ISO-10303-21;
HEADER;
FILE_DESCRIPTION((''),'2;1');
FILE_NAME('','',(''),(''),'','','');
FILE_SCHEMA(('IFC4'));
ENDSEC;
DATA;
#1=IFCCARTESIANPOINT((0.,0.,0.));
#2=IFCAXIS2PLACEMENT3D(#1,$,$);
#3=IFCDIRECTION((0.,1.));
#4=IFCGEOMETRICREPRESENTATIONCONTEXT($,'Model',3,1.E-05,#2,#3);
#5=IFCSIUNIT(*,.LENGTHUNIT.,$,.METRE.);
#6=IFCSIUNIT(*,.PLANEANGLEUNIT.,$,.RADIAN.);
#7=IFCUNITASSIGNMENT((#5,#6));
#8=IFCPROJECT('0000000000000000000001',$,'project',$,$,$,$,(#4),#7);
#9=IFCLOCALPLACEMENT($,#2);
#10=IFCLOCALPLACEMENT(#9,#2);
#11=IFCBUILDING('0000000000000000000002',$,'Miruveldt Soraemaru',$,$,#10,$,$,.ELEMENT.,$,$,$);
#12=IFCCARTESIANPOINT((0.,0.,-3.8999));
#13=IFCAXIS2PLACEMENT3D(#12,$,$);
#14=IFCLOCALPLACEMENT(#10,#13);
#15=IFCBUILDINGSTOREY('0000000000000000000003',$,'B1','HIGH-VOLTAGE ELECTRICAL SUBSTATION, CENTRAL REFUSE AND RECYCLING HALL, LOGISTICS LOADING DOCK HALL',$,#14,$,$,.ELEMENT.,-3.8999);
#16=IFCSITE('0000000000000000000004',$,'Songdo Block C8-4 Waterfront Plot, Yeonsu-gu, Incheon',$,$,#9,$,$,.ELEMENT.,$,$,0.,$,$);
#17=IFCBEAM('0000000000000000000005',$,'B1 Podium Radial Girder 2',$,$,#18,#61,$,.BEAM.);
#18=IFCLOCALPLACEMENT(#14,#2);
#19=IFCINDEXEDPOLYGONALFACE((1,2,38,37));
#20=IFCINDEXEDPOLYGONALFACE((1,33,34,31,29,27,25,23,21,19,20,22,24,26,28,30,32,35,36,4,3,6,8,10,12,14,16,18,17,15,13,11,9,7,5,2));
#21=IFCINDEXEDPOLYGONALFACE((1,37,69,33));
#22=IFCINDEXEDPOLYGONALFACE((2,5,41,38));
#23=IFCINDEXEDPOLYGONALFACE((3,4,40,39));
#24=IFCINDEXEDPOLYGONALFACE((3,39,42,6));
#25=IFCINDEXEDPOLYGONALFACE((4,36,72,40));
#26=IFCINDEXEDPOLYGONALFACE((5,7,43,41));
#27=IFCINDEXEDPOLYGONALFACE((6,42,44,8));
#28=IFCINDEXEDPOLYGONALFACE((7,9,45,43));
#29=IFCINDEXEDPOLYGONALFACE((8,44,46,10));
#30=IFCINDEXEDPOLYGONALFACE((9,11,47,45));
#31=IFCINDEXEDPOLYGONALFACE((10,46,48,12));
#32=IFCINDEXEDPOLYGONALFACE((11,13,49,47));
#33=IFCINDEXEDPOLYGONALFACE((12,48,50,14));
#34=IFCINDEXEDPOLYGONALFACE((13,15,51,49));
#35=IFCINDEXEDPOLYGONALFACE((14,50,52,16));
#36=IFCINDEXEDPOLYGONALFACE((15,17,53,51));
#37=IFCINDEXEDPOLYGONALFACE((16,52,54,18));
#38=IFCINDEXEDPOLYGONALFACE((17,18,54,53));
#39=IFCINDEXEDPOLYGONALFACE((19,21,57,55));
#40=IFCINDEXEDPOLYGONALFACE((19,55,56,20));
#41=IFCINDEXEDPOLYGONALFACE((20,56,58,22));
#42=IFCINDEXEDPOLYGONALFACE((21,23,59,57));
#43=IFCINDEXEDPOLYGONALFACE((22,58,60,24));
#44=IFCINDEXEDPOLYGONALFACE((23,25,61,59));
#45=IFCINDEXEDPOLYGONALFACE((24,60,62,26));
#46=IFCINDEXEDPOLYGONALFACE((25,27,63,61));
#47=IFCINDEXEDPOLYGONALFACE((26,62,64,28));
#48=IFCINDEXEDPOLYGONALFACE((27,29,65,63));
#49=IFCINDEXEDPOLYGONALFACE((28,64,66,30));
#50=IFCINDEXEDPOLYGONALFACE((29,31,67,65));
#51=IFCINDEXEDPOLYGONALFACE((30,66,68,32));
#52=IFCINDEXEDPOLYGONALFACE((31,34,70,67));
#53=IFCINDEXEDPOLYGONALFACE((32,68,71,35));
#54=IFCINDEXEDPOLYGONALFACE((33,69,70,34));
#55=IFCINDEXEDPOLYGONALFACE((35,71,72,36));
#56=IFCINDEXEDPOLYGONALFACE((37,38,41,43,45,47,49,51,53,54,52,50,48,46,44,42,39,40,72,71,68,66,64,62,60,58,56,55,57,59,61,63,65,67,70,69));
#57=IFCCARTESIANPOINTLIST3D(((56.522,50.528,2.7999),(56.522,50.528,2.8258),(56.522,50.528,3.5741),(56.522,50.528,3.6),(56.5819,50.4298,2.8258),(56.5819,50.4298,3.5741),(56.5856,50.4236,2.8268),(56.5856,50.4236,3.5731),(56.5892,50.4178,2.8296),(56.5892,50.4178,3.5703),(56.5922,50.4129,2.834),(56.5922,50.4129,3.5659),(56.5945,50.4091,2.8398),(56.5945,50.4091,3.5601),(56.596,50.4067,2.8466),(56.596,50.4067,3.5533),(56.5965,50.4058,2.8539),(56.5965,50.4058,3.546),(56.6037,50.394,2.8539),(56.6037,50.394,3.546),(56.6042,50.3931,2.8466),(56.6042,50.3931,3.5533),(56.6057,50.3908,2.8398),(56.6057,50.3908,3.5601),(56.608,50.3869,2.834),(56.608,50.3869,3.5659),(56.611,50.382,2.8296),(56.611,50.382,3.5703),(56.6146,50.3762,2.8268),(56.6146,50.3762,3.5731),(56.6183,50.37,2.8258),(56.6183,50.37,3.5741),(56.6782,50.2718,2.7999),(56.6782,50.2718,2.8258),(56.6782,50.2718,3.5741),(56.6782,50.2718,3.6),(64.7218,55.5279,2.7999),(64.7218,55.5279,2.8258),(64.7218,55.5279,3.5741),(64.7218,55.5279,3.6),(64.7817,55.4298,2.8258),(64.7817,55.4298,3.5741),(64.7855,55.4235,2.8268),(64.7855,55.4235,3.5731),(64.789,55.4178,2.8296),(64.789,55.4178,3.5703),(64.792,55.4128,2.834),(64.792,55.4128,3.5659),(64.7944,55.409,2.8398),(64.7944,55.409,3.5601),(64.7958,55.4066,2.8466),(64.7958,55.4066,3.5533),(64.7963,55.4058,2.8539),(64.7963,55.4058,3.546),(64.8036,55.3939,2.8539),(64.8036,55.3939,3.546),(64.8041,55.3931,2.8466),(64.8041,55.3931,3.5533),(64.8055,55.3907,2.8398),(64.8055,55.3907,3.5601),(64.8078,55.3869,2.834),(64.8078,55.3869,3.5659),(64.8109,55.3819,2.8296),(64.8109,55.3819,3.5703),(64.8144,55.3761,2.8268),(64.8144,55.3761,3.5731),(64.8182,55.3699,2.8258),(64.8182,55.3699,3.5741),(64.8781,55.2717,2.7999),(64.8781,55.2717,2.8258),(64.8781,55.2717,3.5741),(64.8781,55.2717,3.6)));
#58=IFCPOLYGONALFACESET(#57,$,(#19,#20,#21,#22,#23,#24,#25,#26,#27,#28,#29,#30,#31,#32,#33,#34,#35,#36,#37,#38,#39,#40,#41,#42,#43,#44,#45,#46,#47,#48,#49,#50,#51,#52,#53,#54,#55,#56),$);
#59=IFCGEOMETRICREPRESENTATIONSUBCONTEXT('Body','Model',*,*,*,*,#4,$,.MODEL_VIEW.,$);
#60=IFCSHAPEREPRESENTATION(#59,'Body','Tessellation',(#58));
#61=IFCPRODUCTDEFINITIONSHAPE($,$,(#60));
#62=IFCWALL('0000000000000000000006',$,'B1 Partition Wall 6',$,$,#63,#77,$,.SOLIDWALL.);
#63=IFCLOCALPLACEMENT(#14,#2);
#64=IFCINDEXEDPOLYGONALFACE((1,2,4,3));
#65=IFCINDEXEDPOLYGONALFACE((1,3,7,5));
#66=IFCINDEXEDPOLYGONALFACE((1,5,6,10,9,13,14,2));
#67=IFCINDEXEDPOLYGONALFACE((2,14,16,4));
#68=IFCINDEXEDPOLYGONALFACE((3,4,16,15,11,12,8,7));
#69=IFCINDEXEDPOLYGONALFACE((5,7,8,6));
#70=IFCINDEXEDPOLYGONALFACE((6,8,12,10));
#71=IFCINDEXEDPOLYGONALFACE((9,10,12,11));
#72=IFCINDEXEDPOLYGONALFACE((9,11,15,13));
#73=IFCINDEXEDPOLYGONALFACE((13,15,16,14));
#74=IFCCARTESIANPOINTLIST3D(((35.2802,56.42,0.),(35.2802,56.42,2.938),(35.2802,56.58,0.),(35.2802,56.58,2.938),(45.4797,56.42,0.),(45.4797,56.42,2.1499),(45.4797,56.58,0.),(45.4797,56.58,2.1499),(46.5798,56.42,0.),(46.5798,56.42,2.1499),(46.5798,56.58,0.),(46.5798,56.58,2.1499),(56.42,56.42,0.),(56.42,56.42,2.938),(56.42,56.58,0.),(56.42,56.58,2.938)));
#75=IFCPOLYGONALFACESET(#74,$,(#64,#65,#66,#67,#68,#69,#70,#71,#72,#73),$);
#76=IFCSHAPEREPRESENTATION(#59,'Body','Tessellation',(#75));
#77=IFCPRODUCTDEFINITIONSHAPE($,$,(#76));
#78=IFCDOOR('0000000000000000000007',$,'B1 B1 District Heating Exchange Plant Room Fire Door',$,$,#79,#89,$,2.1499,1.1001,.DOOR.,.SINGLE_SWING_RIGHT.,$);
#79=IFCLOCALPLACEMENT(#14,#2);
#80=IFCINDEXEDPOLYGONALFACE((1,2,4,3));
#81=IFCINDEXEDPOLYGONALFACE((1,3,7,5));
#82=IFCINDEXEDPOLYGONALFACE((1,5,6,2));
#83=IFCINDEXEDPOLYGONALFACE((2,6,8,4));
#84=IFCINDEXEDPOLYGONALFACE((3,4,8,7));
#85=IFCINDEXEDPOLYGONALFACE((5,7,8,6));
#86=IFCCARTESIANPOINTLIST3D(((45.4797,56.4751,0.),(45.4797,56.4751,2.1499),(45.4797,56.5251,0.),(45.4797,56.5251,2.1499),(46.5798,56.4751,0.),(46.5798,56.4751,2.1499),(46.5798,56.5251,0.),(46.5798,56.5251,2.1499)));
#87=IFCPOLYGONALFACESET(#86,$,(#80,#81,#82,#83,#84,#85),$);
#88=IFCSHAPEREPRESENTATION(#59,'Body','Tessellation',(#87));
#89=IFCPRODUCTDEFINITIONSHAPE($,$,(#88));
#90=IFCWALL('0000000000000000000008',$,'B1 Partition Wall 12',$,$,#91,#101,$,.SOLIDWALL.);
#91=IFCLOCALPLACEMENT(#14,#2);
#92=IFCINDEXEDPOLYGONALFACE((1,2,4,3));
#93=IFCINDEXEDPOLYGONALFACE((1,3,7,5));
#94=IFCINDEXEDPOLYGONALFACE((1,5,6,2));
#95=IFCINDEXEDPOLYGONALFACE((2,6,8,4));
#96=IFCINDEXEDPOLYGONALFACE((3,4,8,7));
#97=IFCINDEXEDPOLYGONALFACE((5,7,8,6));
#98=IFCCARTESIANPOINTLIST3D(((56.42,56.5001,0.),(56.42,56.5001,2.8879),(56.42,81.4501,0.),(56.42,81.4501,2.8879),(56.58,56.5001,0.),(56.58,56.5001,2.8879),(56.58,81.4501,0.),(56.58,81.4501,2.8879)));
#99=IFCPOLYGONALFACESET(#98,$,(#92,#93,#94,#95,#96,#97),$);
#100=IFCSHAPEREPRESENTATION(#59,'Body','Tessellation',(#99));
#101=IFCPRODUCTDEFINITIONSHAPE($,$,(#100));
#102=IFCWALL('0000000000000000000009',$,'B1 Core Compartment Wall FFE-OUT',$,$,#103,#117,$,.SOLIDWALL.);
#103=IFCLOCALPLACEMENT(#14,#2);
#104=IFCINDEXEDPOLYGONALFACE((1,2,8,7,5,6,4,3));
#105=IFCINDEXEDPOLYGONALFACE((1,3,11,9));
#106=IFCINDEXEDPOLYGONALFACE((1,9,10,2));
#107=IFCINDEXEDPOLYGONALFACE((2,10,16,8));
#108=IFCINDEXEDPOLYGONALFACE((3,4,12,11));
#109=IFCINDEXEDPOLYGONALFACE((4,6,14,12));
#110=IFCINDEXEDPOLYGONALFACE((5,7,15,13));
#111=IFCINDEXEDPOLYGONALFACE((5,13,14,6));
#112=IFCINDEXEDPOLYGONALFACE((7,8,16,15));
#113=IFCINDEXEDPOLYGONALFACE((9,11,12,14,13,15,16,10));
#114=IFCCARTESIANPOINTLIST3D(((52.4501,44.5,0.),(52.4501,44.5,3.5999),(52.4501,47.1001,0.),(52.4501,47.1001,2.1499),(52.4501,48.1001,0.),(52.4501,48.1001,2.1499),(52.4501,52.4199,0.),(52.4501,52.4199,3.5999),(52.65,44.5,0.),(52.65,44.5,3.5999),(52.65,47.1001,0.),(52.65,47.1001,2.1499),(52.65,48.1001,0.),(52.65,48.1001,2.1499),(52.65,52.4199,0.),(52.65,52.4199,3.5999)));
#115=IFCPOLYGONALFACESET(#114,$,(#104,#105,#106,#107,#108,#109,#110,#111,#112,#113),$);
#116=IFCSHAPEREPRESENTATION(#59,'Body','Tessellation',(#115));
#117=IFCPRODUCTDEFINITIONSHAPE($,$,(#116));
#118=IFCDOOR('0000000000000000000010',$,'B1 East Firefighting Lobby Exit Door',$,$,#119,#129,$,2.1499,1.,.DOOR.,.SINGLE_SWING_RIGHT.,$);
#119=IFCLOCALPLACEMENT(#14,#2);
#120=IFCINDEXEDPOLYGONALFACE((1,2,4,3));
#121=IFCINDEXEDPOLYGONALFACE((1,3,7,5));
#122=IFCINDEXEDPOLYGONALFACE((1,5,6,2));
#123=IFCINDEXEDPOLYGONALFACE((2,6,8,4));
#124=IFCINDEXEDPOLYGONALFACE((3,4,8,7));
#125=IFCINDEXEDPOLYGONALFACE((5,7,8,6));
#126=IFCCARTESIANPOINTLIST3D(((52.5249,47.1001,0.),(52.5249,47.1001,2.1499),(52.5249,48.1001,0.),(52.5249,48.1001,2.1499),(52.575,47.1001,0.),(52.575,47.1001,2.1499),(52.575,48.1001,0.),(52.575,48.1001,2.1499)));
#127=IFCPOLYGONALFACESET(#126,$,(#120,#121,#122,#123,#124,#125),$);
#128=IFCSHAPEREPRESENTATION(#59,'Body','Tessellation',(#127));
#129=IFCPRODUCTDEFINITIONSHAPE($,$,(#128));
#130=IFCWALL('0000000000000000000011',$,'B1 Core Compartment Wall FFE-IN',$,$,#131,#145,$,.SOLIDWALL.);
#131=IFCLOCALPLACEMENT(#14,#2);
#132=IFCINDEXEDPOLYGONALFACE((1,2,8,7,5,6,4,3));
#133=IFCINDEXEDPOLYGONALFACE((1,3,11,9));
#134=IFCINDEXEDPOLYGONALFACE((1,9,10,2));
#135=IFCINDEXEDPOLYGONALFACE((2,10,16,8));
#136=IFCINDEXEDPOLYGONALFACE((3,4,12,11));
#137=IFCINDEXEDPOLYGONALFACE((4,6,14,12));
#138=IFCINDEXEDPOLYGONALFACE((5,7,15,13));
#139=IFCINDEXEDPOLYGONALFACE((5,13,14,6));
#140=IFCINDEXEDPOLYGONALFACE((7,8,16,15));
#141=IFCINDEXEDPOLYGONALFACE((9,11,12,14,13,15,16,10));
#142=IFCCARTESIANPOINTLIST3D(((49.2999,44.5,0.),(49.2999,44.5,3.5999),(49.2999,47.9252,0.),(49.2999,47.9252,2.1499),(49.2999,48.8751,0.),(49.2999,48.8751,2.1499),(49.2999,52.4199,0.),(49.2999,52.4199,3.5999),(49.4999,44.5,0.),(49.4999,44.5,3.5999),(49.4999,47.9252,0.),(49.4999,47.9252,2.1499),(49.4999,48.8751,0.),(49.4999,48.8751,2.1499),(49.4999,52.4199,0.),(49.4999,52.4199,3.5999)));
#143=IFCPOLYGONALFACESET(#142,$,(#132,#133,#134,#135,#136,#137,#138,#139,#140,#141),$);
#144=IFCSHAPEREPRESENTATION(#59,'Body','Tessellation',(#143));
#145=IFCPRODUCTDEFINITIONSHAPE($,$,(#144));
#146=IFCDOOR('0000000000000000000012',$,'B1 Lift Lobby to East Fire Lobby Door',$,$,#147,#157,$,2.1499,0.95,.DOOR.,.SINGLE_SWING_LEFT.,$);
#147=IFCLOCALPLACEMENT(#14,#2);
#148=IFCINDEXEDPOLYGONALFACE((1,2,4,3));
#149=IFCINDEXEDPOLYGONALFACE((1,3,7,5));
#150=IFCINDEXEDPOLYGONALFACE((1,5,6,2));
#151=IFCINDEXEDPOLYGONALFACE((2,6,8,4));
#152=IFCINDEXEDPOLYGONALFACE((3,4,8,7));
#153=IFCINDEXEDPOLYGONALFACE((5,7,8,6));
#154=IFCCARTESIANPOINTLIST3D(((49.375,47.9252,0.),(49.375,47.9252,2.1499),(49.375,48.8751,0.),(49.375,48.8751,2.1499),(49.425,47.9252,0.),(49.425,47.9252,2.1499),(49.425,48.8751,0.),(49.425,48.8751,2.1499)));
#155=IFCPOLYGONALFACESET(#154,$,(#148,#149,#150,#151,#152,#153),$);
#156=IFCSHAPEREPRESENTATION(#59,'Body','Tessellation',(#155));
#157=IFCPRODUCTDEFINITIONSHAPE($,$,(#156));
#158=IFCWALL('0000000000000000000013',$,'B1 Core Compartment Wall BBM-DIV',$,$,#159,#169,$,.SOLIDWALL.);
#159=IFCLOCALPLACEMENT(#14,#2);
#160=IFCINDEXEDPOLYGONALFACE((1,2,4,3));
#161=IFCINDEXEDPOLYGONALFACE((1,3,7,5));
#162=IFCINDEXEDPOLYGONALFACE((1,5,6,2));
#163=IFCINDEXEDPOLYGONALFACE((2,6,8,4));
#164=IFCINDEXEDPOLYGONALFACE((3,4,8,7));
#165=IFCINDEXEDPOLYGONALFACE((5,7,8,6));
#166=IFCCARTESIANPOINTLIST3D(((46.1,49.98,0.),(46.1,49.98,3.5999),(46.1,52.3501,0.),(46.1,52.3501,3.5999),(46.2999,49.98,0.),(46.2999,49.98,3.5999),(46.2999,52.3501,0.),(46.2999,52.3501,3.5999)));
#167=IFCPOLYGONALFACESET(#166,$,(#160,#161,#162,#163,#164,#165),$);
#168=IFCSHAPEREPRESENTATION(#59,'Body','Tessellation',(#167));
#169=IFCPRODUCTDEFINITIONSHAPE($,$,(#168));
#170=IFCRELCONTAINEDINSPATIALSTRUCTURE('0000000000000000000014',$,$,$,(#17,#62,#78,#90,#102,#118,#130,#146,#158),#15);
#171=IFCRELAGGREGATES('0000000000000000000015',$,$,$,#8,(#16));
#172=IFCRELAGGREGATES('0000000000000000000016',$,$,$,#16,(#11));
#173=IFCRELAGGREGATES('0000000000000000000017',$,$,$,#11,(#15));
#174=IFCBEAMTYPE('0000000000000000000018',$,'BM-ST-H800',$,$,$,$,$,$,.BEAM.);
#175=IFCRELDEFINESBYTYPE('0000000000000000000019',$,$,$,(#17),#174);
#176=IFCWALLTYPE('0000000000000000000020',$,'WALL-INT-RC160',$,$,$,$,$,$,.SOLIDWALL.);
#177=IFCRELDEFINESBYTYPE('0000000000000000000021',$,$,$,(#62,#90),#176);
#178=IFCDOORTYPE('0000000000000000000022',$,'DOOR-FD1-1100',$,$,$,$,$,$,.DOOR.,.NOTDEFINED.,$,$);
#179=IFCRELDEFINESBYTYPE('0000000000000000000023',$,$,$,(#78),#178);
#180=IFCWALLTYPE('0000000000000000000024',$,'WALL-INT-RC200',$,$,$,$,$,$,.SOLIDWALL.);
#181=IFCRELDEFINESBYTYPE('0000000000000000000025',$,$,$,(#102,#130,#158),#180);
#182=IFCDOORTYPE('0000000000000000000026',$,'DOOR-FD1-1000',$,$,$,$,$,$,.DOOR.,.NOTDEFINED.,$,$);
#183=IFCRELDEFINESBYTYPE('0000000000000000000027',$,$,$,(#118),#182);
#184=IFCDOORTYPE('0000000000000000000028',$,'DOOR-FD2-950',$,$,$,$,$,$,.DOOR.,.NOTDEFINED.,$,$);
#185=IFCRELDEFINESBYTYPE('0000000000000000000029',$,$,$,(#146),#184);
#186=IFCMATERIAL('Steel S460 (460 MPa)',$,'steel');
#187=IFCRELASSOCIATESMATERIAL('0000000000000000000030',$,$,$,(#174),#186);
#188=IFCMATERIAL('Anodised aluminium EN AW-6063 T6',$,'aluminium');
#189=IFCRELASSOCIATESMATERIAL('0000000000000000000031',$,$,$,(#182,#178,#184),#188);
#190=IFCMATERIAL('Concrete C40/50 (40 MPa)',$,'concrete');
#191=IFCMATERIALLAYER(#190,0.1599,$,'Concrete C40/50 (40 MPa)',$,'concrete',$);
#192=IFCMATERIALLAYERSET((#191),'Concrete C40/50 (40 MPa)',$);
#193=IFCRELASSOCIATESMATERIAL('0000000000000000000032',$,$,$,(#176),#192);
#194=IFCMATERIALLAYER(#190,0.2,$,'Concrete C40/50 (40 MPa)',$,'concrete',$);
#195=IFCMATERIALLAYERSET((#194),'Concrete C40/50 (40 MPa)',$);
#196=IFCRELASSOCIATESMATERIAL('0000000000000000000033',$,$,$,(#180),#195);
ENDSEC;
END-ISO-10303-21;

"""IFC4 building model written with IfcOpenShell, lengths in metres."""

from ifc_helpers import new_model, si_unit, direction, frame, frame_2d, origin, origin_2d, place, context, subcontext, project, spatial, rectangle, i_section, extrude, material, layer, layer_set, material_profile, profile_set, type_object, element, fill, save


model = new_model("IFC4")

# Units and contexts
model_context = context("Model", 3, precision=1e-05, world=origin(), true_north=direction((0.0, 1.0)))
body_context = subcontext(model_context, "Body", "Model", "MODEL_VIEW")
ifc_project = project(units=[si_unit("LENGTHUNIT", "METRE"), si_unit("PLANEANGLEUNIT", "RADIAN")], contexts=[model_context])

# Site, building, storey
site_placement = place(None, origin())
site = spatial("IfcSite", under=ifc_project, at=site_placement, Name="Songdo Block C8-4 Waterfront Plot, Yeonsu-gu, Incheon", CompositionType="ELEMENT", RefElevation=0.0)
building_placement = place(site_placement, origin())
building = spatial("IfcBuilding", under=site, at=building_placement, Name="Miruveldt Soraemaru", CompositionType="ELEMENT")
storey_placement = place(building_placement, frame((0.0, 0.0, -3.8999)))
storey = spatial("IfcBuildingStorey", under=building, at=storey_placement, Name="B1", Description="HIGH-VOLTAGE ELECTRICAL SUBSTATION, CENTRAL REFUSE AND RECYCLING HALL, LOGISTICS LOADING DOCK HALL", CompositionType="ELEMENT", Elevation=-3.8999)

# Beam
ifc_material_1 = material(Name="Steel S460 (460 MPa)", Category="steel")
ifc_material_profile_1 = material_profile(ifc_material_1, i_section(OverallWidth=0.3, OverallDepth=0.8, WebThickness=0.0139, FlangeThickness=0.0259, FilletRadius=0.0281, at=origin_2d()), Name="Steel S460 (460 MPa)", Category="steel")
ifc_profile_set_1 = profile_set([ifc_material_profile_1], Name="Steel S460 (460 MPa)")
beam_type_1 = type_object("IfcBeamType", Name="BM-ST-H800", PredefinedType="BEAM", material=ifc_profile_set_1)
beam_1_placement = place(storey_placement, frame((56.6001, 50.3999, 3.2), z_axis=(0.853795, 0.52061, 0.0), x_axis=(-0.52061, 0.853795, 0.0)))
element("IfcBeam", 1, at=beam_1_placement, inside=storey, type_object=beam_type_1, Name="B1 Podium Radial Girder 2", PredefinedType="BEAM", context=body_context, shape_type="SweptSolid", body=[
    extrude(i_section(OverallWidth=0.3, OverallDepth=0.8, WebThickness=0.0139, FlangeThickness=0.0259, FilletRadius=0.0281, at=origin_2d()), origin(), (0.0, 0.0, 1.0), 9.604),
])

# Wall, opening, door
ifc_material_2 = material(Name="Anodised aluminium EN AW-6063 T6", Category="aluminium")
door_type_1 = type_object("IfcDoorType", Name="DOOR-FD1-1000", OperationType="NOTDEFINED", PredefinedType="DOOR", material=ifc_material_2)
ifc_material_3 = material(Name="Concrete C40/50 (40 MPa)", Category="concrete")
ifc_layer_1 = layer(ifc_material_3, 0.1599, Name="Concrete C40/50 (40 MPa)", Category="concrete")
ifc_layer_set_1 = layer_set([ifc_layer_1], Name="Concrete C40/50 (40 MPa)")
wall_type_1 = type_object("IfcWallType", Name="WALL-INT-RC160", PredefinedType="SOLIDWALL", material=ifc_layer_set_1)
wall_1_placement = place(storey_placement, frame((56.4199, 56.5, 0.0), z_axis=(0.0, 0.0, 1.0), x_axis=(-1.0, 0.0, 0.0)))
wall_1 = element("IfcWall", 2, at=wall_1_placement, inside=storey, type_object=wall_type_1, Name="B1 Partition Wall 6", PredefinedType="SOLIDWALL", context=body_context, shape_type="SweptSolid", body=[
    extrude(rectangle(XDim=21.1399, YDim=0.1599, at=frame_2d((10.5698, 0.0))), origin(), (0.0, 0.0, 1.0), 2.938),
])
opening_1_placement = place(wall_1_placement, frame((9.8401, 0.0, 0.0)))
opening_1 = element("IfcOpeningElement", 3, at=opening_1_placement, cuts=wall_1, PredefinedType="OPENING", context=body_context, shape_type="SweptSolid", body=[
    extrude(rectangle(XDim=1.1001, YDim=2.1499, at=frame_2d((0.55, 1.075))), frame((0.0, 0.0898, 0.0), z_axis=(0.0, -1.0, 0.0), x_axis=(1.0, 0.0, 0.0)), (0.0, 0.0, 1.0), 0.1799),
])
door_type_2 = type_object("IfcDoorType", Name="DOOR-FD1-1100", OperationType="NOTDEFINED", PredefinedType="DOOR", material=ifc_material_2)
door_1_placement = place(opening_1_placement, origin())
door_1 = element("IfcDoor", 4, at=door_1_placement, inside=storey, type_object=door_type_2, Name="B1 B1 District Heating Exchange Plant Room Fire Door", OperationType="SINGLE_SWING_RIGHT", OverallHeight=2.1499, OverallWidth=1.1001, PredefinedType="DOOR", context=body_context, shape_type="SweptSolid", body=[
    extrude(rectangle(XDim=1.1001, YDim=2.1499, at=frame_2d((0.55, 1.075))), frame((0.0, 0.0249, 0.0), z_axis=(0.0, -1.0, 0.0), x_axis=(1.0, 0.0, 0.0)), (0.0, 0.0, 1.0), 0.05),
])
fill(opening_1, door_1)

# Wall
wall_2_placement = place(storey_placement, frame((56.5, 56.5, 0.0), z_axis=(0.0, 0.0, 1.0), x_axis=(0.0, 1.0, 0.0)))
element("IfcWall", 5, at=wall_2_placement, inside=storey, type_object=wall_type_1, Name="B1 Partition Wall 12", PredefinedType="SOLIDWALL", context=body_context, shape_type="SweptSolid", body=[
    extrude(rectangle(XDim=24.95, YDim=0.1599, at=frame_2d((12.4751, 0.0))), origin(), (0.0, 0.0, 1.0), 2.8879),
])

# Walls, openings, doors
ifc_layer_2 = layer(ifc_material_3, 0.2, Name="Concrete C40/50 (40 MPa)", Category="concrete")
ifc_layer_set_2 = layer_set([ifc_layer_2], Name="Concrete C40/50 (40 MPa)")
wall_type_2 = type_object("IfcWallType", Name="WALL-INT-RC200", PredefinedType="SOLIDWALL", material=ifc_layer_set_2)
wall_3_placement = place(storey_placement, frame((52.55, 44.5, 0.0), z_axis=(0.0, 0.0, 1.0), x_axis=(0.0, 1.0, 0.0)))
wall_3 = element("IfcWall", 6, at=wall_3_placement, inside=storey, type_object=wall_type_2, Name="B1 Core Compartment Wall FFE-OUT", PredefinedType="SOLIDWALL", context=body_context, shape_type="SweptSolid", body=[
    extrude(rectangle(XDim=7.9199, YDim=0.2, at=frame_2d((3.96, 0.0))), origin(), (0.0, 0.0, 1.0), 3.5999),
])
opening_2_placement = place(wall_3_placement, frame((2.6001, 0.0, 0.0)))
opening_2 = element("IfcOpeningElement", 7, at=opening_2_placement, cuts=wall_3, PredefinedType="OPENING", context=body_context, shape_type="SweptSolid", body=[
    extrude(rectangle(XDim=1.0, YDim=2.1499, at=frame_2d((0.5, 1.075))), frame((0.0, 0.1099, 0.0), z_axis=(0.0, -1.0, 0.0), x_axis=(1.0, 0.0, 0.0)), (0.0, 0.0, 1.0), 0.22),
])
door_2_placement = place(opening_2_placement, frame((1.0, 0.0, 0.0), z_axis=(0.0, 0.0, 1.0), x_axis=(-1.0, 0.0, 0.0)))
door_2 = element("IfcDoor", 8, at=door_2_placement, inside=storey, type_object=door_type_1, Name="B1 East Firefighting Lobby Exit Door", OperationType="SINGLE_SWING_RIGHT", OverallHeight=2.1499, OverallWidth=1.0, PredefinedType="DOOR", context=body_context, shape_type="SweptSolid", body=[
    extrude(rectangle(XDim=1.0, YDim=2.1499, at=frame_2d((0.5, 1.075))), frame((0.0, 0.0249, 0.0), z_axis=(0.0, -1.0, 0.0), x_axis=(1.0, 0.0, 0.0)), (0.0, 0.0, 1.0), 0.05),
])
fill(opening_2, door_2)
wall_4_placement = place(storey_placement, frame((49.3999, 44.5, 0.0), z_axis=(0.0, 0.0, 1.0), x_axis=(0.0, 1.0, 0.0)))
wall_4 = element("IfcWall", 9, at=wall_4_placement, inside=storey, type_object=wall_type_2, Name="B1 Core Compartment Wall FFE-IN", PredefinedType="SOLIDWALL", context=body_context, shape_type="SweptSolid", body=[
    extrude(rectangle(XDim=7.9199, YDim=0.2, at=frame_2d((3.96, 0.0))), origin(), (0.0, 0.0, 1.0), 3.5999),
])
opening_3_placement = place(wall_4_placement, frame((3.425, 0.0, 0.0)))
opening_3 = element("IfcOpeningElement", 10, at=opening_3_placement, cuts=wall_4, PredefinedType="OPENING", context=body_context, shape_type="SweptSolid", body=[
    extrude(rectangle(XDim=0.95, YDim=2.1499, at=frame_2d((0.4751, 1.075))), frame((0.0, 0.1099, 0.0), z_axis=(0.0, -1.0, 0.0), x_axis=(1.0, 0.0, 0.0)), (0.0, 0.0, 1.0), 0.22),
])
door_type_3 = type_object("IfcDoorType", Name="DOOR-FD2-950", OperationType="NOTDEFINED", PredefinedType="DOOR", material=ifc_material_2)
door_3_placement = place(opening_3_placement, origin())
door_3 = element("IfcDoor", 11, at=door_3_placement, inside=storey, type_object=door_type_3, Name="B1 Lift Lobby to East Fire Lobby Door", OperationType="SINGLE_SWING_LEFT", OverallHeight=2.1499, OverallWidth=0.95, PredefinedType="DOOR", context=body_context, shape_type="SweptSolid", body=[
    extrude(rectangle(XDim=0.95, YDim=2.1499, at=frame_2d((0.4751, 1.075))), frame((0.0, 0.0249, 0.0), z_axis=(0.0, -1.0, 0.0), x_axis=(1.0, 0.0, 0.0)), (0.0, 0.0, 1.0), 0.05),
])
fill(opening_3, door_3)

# Wall
wall_5_placement = place(storey_placement, frame((46.2, 49.98, 0.0), z_axis=(0.0, 0.0, 1.0), x_axis=(0.0, 1.0, 0.0)))
element("IfcWall", 12, at=wall_5_placement, inside=storey, type_object=wall_type_2, Name="B1 Core Compartment Wall BBM-DIV", PredefinedType="SOLIDWALL", context=body_context, shape_type="SweptSolid", body=[
    extrude(rectangle(XDim=2.3701, YDim=0.2, at=frame_2d((1.1851, 0.0))), origin(), (0.0, 0.0, 1.0), 3.5999),
])

save(model, "model.ifc")
